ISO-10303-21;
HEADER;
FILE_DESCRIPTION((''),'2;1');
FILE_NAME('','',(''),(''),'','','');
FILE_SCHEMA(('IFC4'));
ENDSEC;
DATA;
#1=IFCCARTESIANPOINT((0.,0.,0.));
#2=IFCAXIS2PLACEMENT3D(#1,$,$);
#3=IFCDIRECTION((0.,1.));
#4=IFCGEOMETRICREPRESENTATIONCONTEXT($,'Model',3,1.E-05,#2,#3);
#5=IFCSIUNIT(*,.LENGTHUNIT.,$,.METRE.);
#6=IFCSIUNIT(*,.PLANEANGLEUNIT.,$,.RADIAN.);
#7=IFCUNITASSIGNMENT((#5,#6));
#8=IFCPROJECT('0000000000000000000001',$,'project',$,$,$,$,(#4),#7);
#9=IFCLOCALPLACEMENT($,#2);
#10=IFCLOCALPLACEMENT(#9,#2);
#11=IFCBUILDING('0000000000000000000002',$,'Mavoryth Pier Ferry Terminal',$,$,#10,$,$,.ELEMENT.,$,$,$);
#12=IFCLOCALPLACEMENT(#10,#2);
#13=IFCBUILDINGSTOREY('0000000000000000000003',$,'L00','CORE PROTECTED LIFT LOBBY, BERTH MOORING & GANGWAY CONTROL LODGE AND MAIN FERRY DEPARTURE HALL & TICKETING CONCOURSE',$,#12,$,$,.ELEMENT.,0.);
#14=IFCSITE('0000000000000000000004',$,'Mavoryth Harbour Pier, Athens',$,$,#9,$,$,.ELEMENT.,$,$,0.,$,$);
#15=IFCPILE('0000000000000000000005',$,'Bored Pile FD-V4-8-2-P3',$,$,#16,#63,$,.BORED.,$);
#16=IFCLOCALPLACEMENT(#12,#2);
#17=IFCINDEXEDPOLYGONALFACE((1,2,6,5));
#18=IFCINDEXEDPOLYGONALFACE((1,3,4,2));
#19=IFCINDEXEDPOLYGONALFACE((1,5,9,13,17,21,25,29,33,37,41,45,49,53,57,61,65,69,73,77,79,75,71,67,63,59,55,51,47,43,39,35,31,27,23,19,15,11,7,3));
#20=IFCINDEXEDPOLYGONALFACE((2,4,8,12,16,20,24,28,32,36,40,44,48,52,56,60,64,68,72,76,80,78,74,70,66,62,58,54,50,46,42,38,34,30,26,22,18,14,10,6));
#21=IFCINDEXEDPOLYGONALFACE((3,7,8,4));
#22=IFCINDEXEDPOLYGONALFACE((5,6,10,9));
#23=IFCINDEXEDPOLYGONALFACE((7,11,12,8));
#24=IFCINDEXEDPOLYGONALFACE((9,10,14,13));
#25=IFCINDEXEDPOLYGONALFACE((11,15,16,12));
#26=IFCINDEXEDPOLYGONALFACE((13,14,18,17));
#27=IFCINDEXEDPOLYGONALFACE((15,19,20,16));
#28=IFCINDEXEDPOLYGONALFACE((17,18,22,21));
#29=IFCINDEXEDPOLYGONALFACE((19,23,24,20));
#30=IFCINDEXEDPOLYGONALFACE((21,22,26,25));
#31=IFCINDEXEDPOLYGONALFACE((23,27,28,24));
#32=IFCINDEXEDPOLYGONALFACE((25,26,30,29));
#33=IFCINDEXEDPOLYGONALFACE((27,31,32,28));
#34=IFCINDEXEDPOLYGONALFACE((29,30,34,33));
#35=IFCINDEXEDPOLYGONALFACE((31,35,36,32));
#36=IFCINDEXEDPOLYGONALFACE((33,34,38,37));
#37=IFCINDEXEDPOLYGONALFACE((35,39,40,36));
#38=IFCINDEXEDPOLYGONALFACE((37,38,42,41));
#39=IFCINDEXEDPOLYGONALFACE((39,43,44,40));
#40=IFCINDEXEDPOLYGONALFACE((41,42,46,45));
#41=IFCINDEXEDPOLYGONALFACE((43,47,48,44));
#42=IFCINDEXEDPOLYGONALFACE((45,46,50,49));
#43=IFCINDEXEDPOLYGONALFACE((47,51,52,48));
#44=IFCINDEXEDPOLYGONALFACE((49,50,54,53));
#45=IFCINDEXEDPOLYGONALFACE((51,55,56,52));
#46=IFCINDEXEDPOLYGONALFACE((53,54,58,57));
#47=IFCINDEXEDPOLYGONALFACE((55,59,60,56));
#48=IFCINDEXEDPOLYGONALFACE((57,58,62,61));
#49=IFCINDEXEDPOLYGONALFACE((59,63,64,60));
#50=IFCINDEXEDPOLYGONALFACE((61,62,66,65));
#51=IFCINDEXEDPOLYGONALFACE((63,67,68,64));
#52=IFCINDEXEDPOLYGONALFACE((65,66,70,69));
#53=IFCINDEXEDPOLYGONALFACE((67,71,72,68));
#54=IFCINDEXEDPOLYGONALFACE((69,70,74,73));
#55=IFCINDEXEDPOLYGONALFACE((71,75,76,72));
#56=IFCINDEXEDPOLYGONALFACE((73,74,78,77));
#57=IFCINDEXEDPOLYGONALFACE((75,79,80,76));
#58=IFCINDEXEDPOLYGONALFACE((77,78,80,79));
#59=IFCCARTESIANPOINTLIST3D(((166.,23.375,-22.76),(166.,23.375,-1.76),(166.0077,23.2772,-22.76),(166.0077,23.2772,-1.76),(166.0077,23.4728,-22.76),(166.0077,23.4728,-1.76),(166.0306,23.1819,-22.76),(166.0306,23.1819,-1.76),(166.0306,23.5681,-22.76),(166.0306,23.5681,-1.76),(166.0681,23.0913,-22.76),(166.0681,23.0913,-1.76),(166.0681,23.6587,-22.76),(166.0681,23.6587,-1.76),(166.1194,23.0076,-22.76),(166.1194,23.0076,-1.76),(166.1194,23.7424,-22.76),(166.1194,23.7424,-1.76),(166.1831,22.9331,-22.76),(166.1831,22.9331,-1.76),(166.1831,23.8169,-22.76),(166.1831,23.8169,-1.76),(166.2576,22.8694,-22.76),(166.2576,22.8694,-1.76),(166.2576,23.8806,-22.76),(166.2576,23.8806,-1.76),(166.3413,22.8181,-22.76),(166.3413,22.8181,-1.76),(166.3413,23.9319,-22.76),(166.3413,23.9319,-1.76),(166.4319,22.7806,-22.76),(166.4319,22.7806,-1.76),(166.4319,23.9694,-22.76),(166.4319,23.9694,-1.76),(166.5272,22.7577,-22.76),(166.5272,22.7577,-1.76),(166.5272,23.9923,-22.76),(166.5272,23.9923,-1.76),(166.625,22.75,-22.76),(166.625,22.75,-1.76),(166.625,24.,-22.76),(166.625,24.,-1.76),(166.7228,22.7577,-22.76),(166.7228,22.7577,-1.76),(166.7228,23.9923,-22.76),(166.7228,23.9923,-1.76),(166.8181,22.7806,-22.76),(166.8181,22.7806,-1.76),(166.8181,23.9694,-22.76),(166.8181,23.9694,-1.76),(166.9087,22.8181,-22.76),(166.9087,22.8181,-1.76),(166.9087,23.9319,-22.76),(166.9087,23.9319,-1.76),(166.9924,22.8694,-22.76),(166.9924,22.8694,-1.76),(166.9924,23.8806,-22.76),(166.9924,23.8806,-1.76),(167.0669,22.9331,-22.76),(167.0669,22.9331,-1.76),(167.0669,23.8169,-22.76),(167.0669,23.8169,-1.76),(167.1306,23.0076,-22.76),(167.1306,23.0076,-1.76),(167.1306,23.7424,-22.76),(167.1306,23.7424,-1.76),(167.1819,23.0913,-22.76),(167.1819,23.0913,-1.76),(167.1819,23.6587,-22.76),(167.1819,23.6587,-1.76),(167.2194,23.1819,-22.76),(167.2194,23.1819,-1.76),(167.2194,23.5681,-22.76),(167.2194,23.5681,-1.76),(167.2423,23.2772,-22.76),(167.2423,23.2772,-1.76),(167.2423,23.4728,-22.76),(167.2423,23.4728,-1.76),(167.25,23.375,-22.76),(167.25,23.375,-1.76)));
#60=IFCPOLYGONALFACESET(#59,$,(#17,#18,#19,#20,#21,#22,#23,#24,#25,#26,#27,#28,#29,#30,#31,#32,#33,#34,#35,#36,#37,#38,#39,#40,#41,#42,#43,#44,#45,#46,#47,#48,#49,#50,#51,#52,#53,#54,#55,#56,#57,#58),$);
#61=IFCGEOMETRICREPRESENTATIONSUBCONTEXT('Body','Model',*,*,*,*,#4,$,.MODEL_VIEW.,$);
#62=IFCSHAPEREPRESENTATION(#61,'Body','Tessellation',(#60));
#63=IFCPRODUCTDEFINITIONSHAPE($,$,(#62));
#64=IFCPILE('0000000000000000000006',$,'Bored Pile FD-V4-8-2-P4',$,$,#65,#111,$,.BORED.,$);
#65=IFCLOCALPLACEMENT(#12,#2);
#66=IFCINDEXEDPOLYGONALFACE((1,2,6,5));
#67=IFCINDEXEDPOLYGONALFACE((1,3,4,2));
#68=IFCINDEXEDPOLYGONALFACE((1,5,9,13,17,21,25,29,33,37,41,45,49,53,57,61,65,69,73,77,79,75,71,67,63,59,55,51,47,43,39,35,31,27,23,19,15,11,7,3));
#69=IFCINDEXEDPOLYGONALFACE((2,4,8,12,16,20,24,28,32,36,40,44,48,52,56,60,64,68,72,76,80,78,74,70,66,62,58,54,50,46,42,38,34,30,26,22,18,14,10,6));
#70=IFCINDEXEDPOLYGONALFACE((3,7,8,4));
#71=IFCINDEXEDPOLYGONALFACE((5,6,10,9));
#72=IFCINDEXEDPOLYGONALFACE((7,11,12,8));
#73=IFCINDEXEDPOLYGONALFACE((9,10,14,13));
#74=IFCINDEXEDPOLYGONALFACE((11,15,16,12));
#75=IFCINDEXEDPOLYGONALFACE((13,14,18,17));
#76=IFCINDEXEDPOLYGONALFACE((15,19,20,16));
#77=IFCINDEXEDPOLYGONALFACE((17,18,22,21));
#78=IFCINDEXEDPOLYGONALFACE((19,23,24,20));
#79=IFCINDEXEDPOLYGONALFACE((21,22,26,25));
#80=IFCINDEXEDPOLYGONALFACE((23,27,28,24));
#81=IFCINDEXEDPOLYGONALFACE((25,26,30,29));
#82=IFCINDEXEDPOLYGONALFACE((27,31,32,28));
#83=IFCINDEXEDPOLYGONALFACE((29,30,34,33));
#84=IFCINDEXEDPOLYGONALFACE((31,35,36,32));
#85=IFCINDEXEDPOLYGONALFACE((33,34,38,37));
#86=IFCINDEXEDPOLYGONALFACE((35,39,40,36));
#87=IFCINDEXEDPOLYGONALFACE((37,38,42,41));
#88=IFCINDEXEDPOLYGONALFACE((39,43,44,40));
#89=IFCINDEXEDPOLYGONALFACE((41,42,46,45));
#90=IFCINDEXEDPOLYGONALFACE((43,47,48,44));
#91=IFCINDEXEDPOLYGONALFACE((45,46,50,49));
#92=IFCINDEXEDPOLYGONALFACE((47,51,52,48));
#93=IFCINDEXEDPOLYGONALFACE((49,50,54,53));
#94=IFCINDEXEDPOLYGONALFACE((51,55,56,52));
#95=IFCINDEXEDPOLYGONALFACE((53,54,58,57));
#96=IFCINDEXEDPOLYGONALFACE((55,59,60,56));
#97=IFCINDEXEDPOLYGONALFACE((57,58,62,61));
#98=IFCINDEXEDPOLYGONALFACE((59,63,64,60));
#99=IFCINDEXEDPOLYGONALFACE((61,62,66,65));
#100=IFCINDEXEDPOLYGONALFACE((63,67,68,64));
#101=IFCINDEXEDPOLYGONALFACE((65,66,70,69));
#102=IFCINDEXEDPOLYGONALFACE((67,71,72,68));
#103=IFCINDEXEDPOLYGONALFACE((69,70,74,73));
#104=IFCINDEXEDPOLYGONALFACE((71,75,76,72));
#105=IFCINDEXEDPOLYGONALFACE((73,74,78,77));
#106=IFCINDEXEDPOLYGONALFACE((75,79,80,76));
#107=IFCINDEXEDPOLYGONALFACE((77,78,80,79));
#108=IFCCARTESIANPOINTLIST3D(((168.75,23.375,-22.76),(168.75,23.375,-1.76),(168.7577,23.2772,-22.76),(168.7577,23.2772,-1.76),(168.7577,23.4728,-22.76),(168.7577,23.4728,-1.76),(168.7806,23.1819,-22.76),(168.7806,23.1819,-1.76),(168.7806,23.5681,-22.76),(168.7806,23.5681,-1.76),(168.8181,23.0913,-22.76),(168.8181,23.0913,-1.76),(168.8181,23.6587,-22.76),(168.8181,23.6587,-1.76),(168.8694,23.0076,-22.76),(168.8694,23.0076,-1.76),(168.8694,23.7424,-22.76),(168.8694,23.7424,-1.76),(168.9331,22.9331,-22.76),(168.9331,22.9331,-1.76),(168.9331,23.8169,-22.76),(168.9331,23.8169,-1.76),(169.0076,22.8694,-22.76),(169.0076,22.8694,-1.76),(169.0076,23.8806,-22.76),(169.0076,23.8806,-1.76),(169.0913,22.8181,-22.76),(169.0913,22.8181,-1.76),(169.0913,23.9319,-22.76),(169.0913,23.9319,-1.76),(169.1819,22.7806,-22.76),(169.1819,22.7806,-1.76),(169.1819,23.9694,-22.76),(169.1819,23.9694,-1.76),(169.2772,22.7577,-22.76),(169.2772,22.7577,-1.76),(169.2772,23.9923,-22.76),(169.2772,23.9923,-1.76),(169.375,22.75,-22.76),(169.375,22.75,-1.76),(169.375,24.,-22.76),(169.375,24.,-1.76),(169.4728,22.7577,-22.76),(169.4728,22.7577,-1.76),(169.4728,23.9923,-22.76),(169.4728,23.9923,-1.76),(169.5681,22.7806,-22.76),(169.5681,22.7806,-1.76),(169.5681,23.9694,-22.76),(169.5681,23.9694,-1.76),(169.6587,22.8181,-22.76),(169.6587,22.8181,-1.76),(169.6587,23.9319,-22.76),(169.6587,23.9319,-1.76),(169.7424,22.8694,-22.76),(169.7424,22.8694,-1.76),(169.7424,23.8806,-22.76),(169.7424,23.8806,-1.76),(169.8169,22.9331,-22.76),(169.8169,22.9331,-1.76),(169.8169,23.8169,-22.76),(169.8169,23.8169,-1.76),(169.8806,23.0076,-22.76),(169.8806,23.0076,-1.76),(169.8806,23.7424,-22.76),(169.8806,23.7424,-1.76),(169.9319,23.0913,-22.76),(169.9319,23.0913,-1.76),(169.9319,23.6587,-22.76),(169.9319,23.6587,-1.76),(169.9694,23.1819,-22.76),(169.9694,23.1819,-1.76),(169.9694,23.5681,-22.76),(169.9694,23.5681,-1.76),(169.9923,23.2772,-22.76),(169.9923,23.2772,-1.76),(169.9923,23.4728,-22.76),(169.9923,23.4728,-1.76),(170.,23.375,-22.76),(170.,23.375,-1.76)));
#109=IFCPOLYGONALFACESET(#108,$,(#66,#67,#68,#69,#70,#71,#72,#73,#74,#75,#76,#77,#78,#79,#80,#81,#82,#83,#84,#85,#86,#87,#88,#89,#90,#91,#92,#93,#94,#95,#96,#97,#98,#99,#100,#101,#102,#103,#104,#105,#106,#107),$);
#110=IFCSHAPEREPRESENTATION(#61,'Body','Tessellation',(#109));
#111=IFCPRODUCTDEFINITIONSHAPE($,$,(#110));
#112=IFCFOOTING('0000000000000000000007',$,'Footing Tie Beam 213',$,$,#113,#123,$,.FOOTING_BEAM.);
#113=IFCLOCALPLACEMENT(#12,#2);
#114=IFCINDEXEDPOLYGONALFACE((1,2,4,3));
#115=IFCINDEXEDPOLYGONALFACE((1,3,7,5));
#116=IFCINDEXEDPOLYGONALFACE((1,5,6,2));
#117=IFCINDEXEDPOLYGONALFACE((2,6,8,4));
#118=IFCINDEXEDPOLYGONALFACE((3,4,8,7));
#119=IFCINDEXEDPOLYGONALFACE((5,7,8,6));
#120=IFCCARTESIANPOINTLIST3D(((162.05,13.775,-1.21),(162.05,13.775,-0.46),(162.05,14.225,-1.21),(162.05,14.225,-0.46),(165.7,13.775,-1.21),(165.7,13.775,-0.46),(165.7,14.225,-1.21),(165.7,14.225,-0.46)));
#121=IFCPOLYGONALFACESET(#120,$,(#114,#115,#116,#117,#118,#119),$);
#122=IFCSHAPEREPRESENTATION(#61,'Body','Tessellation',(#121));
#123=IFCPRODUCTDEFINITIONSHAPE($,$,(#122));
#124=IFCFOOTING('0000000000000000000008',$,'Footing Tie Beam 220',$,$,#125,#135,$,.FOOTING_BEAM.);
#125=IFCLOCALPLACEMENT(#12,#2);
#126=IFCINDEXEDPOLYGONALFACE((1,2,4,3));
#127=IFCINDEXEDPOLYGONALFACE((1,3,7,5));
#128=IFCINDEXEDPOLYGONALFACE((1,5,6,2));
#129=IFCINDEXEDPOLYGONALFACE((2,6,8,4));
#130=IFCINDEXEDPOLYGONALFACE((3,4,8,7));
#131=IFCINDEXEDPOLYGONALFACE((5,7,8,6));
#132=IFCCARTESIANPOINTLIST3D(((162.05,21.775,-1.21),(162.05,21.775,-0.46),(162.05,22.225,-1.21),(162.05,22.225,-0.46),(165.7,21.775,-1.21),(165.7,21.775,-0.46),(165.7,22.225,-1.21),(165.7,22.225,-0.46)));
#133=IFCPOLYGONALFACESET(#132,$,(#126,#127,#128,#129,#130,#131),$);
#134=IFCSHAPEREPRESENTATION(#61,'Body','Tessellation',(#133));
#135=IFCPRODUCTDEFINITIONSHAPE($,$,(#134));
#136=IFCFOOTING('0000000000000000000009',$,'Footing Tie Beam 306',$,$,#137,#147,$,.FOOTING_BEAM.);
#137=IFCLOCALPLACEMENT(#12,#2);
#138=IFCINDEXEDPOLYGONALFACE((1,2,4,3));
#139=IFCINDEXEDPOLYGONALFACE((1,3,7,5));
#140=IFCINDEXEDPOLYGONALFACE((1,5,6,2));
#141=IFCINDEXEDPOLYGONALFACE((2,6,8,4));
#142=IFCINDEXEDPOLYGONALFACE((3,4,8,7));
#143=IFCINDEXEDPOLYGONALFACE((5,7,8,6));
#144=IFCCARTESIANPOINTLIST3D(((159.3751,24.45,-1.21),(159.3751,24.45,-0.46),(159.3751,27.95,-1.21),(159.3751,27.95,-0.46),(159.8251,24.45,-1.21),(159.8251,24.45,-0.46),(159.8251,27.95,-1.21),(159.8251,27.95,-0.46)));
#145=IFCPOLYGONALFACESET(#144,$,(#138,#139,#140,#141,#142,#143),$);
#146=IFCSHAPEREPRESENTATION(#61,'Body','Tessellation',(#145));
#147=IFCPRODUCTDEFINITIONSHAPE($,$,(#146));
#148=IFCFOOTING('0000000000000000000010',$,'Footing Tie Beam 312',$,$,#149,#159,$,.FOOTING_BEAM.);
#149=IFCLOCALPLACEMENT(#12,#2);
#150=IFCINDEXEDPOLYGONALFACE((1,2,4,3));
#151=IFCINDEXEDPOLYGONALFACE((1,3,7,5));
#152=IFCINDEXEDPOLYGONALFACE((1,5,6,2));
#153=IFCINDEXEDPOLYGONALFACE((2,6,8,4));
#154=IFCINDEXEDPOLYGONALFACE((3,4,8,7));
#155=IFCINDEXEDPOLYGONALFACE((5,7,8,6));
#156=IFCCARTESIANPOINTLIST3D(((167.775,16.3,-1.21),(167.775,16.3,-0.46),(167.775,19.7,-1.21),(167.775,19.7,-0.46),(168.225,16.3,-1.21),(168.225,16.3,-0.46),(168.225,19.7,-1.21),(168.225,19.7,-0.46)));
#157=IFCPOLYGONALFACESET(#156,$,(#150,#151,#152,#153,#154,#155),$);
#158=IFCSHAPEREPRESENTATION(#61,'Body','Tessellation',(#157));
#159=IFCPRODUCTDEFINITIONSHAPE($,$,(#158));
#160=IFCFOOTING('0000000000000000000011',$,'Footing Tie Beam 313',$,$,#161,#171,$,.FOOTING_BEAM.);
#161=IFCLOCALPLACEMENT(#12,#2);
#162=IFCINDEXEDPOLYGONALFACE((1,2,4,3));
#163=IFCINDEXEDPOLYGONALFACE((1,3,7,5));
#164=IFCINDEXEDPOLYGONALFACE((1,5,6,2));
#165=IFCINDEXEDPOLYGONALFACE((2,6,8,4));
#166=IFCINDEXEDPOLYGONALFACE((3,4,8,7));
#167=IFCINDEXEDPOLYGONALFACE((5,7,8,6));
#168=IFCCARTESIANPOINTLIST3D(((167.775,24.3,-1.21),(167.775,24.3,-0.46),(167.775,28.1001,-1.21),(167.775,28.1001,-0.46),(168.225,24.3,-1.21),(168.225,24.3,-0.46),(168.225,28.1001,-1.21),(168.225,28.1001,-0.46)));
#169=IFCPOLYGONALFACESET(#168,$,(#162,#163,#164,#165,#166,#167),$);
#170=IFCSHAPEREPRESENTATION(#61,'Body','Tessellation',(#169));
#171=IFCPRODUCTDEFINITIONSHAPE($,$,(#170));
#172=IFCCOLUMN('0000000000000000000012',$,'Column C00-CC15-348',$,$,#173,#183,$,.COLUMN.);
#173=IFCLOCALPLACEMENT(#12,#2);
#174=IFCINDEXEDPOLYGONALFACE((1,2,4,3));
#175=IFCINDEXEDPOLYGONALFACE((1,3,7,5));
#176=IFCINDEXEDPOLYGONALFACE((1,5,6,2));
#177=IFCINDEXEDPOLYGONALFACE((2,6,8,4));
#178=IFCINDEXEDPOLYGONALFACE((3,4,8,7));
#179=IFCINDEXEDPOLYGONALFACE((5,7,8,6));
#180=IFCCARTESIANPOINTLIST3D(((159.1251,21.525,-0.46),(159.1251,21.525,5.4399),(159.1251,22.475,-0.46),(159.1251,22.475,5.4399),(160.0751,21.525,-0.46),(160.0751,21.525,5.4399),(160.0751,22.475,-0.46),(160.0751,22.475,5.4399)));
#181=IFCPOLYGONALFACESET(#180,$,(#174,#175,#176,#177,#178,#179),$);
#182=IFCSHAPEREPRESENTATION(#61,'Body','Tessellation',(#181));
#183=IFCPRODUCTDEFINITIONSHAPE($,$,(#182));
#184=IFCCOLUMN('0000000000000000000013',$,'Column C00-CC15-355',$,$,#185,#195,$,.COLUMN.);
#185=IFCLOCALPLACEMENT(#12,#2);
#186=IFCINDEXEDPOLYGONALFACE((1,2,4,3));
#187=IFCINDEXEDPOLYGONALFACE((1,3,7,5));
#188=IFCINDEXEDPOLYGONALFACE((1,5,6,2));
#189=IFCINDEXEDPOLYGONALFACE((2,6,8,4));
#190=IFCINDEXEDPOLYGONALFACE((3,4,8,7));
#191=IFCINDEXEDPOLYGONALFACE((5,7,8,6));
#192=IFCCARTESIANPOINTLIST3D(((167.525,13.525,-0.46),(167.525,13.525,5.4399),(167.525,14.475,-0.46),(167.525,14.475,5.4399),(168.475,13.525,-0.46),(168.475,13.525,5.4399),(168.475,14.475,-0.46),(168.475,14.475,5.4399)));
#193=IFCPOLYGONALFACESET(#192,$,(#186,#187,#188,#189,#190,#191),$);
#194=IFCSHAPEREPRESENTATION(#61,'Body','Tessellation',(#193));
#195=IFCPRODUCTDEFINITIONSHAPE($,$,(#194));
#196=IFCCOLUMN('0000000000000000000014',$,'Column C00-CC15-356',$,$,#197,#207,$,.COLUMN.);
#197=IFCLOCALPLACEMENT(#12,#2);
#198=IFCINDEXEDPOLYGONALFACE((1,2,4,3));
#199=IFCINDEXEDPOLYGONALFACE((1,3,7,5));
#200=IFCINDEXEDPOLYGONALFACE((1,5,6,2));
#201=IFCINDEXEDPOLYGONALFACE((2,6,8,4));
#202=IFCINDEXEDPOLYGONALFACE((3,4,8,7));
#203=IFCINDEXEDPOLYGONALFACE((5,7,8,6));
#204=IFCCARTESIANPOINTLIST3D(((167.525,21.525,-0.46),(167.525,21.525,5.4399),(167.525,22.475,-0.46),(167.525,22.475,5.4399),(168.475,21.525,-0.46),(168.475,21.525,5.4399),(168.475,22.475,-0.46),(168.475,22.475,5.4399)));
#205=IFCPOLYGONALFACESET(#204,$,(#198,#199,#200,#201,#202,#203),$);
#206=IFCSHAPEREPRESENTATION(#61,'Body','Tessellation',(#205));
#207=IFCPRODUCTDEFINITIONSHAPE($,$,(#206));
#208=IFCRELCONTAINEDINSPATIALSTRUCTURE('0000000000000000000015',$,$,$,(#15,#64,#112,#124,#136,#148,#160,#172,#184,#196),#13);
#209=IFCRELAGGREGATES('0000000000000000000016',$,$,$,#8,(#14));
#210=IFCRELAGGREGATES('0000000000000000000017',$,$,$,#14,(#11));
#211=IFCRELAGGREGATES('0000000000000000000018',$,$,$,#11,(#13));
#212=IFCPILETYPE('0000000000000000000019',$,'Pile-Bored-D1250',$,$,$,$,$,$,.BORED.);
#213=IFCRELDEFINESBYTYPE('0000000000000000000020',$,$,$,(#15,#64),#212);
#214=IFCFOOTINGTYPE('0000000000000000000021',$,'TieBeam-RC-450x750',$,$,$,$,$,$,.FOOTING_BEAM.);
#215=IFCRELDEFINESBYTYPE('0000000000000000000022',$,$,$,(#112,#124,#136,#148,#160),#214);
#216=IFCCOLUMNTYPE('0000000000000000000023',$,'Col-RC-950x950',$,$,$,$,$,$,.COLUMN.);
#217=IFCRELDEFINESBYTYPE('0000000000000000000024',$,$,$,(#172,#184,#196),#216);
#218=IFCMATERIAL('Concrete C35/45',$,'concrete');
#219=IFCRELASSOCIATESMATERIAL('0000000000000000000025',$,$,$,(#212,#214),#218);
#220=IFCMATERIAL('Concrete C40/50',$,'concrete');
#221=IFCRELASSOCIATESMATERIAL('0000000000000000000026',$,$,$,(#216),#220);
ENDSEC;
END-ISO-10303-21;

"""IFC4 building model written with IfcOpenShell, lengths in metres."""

from ifc_helpers import new_model, si_unit, direction, frame, origin, origin_2d, place, context, subcontext, project, spatial, rectangle, circle, extrude, material, material_profile, profile_set, type_object, element, save


model = new_model("IFC4")

# Units and contexts
model_context = context("Model", 3, precision=1e-05, world=origin(), true_north=direction((0.0, 1.0)))
body_context = subcontext(model_context, "Body", "Model", "MODEL_VIEW")
ifc_project = project(units=[si_unit("LENGTHUNIT", "METRE"), si_unit("PLANEANGLEUNIT", "RADIAN")], contexts=[model_context])

# Site, building, storey
site_placement = place(None, origin())
site = spatial("IfcSite", under=ifc_project, at=site_placement, Name="Mavoryth Harbour Pier, Athens", CompositionType="ELEMENT", RefElevation=0.0)
building_placement = place(site_placement, origin())
building = spatial("IfcBuilding", under=site, at=building_placement, Name="Mavoryth Pier Ferry Terminal", CompositionType="ELEMENT")
storey_placement = place(building_placement, origin())
storey = spatial("IfcBuildingStorey", under=building, at=storey_placement, Name="L00", Description="CORE PROTECTED LIFT LOBBY, BERTH MOORING & GANGWAY CONTROL LODGE AND MAIN FERRY DEPARTURE HALL & TICKETING CONCOURSE", CompositionType="ELEMENT", Elevation=0.0)

# Shared definitions
ifc_material_1 = material(Name="Concrete C35/45", Category="concrete")

# Piles
ifc_material_profile_1 = material_profile(ifc_material_1, circle(Radius=0.625, at=origin_2d()), Name="PILE D1250", Category="concrete")
ifc_profile_set_1 = profile_set([ifc_material_profile_1], Name="Concrete C35/45 - PILE D1250")
pile_type = type_object("IfcPileType", Name="Pile-Bored-D1250", PredefinedType="BORED", material=ifc_profile_set_1)
for number, where, z_axis, x_axis, name in (
    (1, (166.625, 23.375, -1.76), (0.0, 0.0, -1.0), (1.0, 0.0, 0.0), "Bored Pile FD-V4-8-2-P3"),
    (2, (169.375, 23.375, -1.76), (0.0, 0.0, -1.0), (1.0, 0.0, 0.0), "Bored Pile FD-V4-8-2-P4"),
):
    element("IfcPile", number, at=place(storey_placement, frame(where, z_axis=z_axis, x_axis=x_axis)), inside=storey, type_object=pile_type, Name=name, PredefinedType="BORED", context=body_context, shape_type="SweptSolid", body=[
        extrude(circle(Radius=0.625, at=origin_2d()), origin(), (0.0, 0.0, 1.0), 21.0),
    ])

# Footings
ifc_material_profile_2 = material_profile(ifc_material_1, rectangle(XDim=0.45, YDim=0.75, at=origin_2d()), Name="RC 450x750", Category="concrete")
ifc_profile_set_2 = profile_set([ifc_material_profile_2], Name="Concrete C35/45 - RC 450x750")
footing_type_1 = type_object("IfcFootingType", Name="TieBeam-RC-450x750", PredefinedType="FOOTING_BEAM", material=ifc_profile_set_2)
for number, where, z_axis, x_axis, name in (
    (3, (162.05, 14.0, -0.835), (1.0, 0.0, 0.0), (0.0, 1.0, 0.0), "Footing Tie Beam 213"),
    (4, (162.05, 22.0, -0.835), (1.0, 0.0, 0.0), (0.0, 1.0, 0.0), "Footing Tie Beam 220"),
):
    element("IfcFooting", number, at=place(storey_placement, frame(where, z_axis=z_axis, x_axis=x_axis)), inside=storey, type_object=footing_type_1, Name=name, PredefinedType="FOOTING_BEAM", context=body_context, shape_type="SweptSolid", body=[
        extrude(rectangle(XDim=0.45, YDim=0.75, at=origin_2d()), origin(), (0.0, 0.0, 1.0), 3.6499),
    ])
footing_1_placement = place(storey_placement, frame((159.6001, 24.45, -0.835), z_axis=(0.0, 1.0, 0.0), x_axis=(-1.0, 0.0, 0.0)))
element("IfcFooting", 5, at=footing_1_placement, inside=storey, type_object=footing_type_1, Name="Footing Tie Beam 306", PredefinedType="FOOTING_BEAM", context=body_context, shape_type="SweptSolid", body=[
    extrude(rectangle(XDim=0.45, YDim=0.75, at=origin_2d()), origin(), (0.0, 0.0, 1.0), 3.5),
])
footing_2_placement = place(storey_placement, frame((168.0, 16.3, -0.835), z_axis=(0.0, 1.0, 0.0), x_axis=(-1.0, 0.0, 0.0)))
element("IfcFooting", 6, at=footing_2_placement, inside=storey, type_object=footing_type_1, Name="Footing Tie Beam 312", PredefinedType="FOOTING_BEAM", context=body_context, shape_type="SweptSolid", body=[
    extrude(rectangle(XDim=0.45, YDim=0.75, at=origin_2d()), origin(), (0.0, 0.0, 1.0), 3.3999),
])
footing_3_placement = place(storey_placement, frame((168.0, 24.3, -0.835), z_axis=(0.0, 1.0, 0.0), x_axis=(-1.0, 0.0, 0.0)))
element("IfcFooting", 7, at=footing_3_placement, inside=storey, type_object=footing_type_1, Name="Footing Tie Beam 313", PredefinedType="FOOTING_BEAM", context=body_context, shape_type="SweptSolid", body=[
    extrude(rectangle(XDim=0.45, YDim=0.75, at=origin_2d()), origin(), (0.0, 0.0, 1.0), 3.8),
])

# Columns
ifc_material_2 = material(Name="Concrete C40/50", Category="concrete")
ifc_material_profile_3 = material_profile(ifc_material_2, rectangle(XDim=0.95, YDim=0.95, at=origin_2d()), Name="RC 950x950", Category="concrete")
ifc_profile_set_3 = profile_set([ifc_material_profile_3], Name="Concrete C40/50 - RC 950x950")
column_type = type_object("IfcColumnType", Name="Col-RC-950x950", PredefinedType="COLUMN", material=ifc_profile_set_3)
for number, where, z_axis, x_axis, name in (
    (8, (159.6001, 22.0, -0.46), (0.0, 0.0, 1.0), (1.0, 0.0, 0.0), "Column C00-CC15-348"),
    (9, (168.0, 14.0, -0.46), (0.0, 0.0, 1.0), (1.0, 0.0, 0.0), "Column C00-CC15-355"),
    (10, (168.0, 22.0, -0.46), (0.0, 0.0, 1.0), (1.0, 0.0, 0.0), "Column C00-CC15-356"),
):
    element("IfcColumn", number, at=place(storey_placement, frame(where, z_axis=z_axis, x_axis=x_axis)), inside=storey, type_object=column_type, Name=name, PredefinedType="COLUMN", context=body_context, shape_type="SweptSolid", body=[
        extrude(rectangle(XDim=0.95, YDim=0.95, at=origin_2d()), origin(), (0.0, 0.0, 1.0), 5.8999),
    ])

save(model, "model.ifc")
